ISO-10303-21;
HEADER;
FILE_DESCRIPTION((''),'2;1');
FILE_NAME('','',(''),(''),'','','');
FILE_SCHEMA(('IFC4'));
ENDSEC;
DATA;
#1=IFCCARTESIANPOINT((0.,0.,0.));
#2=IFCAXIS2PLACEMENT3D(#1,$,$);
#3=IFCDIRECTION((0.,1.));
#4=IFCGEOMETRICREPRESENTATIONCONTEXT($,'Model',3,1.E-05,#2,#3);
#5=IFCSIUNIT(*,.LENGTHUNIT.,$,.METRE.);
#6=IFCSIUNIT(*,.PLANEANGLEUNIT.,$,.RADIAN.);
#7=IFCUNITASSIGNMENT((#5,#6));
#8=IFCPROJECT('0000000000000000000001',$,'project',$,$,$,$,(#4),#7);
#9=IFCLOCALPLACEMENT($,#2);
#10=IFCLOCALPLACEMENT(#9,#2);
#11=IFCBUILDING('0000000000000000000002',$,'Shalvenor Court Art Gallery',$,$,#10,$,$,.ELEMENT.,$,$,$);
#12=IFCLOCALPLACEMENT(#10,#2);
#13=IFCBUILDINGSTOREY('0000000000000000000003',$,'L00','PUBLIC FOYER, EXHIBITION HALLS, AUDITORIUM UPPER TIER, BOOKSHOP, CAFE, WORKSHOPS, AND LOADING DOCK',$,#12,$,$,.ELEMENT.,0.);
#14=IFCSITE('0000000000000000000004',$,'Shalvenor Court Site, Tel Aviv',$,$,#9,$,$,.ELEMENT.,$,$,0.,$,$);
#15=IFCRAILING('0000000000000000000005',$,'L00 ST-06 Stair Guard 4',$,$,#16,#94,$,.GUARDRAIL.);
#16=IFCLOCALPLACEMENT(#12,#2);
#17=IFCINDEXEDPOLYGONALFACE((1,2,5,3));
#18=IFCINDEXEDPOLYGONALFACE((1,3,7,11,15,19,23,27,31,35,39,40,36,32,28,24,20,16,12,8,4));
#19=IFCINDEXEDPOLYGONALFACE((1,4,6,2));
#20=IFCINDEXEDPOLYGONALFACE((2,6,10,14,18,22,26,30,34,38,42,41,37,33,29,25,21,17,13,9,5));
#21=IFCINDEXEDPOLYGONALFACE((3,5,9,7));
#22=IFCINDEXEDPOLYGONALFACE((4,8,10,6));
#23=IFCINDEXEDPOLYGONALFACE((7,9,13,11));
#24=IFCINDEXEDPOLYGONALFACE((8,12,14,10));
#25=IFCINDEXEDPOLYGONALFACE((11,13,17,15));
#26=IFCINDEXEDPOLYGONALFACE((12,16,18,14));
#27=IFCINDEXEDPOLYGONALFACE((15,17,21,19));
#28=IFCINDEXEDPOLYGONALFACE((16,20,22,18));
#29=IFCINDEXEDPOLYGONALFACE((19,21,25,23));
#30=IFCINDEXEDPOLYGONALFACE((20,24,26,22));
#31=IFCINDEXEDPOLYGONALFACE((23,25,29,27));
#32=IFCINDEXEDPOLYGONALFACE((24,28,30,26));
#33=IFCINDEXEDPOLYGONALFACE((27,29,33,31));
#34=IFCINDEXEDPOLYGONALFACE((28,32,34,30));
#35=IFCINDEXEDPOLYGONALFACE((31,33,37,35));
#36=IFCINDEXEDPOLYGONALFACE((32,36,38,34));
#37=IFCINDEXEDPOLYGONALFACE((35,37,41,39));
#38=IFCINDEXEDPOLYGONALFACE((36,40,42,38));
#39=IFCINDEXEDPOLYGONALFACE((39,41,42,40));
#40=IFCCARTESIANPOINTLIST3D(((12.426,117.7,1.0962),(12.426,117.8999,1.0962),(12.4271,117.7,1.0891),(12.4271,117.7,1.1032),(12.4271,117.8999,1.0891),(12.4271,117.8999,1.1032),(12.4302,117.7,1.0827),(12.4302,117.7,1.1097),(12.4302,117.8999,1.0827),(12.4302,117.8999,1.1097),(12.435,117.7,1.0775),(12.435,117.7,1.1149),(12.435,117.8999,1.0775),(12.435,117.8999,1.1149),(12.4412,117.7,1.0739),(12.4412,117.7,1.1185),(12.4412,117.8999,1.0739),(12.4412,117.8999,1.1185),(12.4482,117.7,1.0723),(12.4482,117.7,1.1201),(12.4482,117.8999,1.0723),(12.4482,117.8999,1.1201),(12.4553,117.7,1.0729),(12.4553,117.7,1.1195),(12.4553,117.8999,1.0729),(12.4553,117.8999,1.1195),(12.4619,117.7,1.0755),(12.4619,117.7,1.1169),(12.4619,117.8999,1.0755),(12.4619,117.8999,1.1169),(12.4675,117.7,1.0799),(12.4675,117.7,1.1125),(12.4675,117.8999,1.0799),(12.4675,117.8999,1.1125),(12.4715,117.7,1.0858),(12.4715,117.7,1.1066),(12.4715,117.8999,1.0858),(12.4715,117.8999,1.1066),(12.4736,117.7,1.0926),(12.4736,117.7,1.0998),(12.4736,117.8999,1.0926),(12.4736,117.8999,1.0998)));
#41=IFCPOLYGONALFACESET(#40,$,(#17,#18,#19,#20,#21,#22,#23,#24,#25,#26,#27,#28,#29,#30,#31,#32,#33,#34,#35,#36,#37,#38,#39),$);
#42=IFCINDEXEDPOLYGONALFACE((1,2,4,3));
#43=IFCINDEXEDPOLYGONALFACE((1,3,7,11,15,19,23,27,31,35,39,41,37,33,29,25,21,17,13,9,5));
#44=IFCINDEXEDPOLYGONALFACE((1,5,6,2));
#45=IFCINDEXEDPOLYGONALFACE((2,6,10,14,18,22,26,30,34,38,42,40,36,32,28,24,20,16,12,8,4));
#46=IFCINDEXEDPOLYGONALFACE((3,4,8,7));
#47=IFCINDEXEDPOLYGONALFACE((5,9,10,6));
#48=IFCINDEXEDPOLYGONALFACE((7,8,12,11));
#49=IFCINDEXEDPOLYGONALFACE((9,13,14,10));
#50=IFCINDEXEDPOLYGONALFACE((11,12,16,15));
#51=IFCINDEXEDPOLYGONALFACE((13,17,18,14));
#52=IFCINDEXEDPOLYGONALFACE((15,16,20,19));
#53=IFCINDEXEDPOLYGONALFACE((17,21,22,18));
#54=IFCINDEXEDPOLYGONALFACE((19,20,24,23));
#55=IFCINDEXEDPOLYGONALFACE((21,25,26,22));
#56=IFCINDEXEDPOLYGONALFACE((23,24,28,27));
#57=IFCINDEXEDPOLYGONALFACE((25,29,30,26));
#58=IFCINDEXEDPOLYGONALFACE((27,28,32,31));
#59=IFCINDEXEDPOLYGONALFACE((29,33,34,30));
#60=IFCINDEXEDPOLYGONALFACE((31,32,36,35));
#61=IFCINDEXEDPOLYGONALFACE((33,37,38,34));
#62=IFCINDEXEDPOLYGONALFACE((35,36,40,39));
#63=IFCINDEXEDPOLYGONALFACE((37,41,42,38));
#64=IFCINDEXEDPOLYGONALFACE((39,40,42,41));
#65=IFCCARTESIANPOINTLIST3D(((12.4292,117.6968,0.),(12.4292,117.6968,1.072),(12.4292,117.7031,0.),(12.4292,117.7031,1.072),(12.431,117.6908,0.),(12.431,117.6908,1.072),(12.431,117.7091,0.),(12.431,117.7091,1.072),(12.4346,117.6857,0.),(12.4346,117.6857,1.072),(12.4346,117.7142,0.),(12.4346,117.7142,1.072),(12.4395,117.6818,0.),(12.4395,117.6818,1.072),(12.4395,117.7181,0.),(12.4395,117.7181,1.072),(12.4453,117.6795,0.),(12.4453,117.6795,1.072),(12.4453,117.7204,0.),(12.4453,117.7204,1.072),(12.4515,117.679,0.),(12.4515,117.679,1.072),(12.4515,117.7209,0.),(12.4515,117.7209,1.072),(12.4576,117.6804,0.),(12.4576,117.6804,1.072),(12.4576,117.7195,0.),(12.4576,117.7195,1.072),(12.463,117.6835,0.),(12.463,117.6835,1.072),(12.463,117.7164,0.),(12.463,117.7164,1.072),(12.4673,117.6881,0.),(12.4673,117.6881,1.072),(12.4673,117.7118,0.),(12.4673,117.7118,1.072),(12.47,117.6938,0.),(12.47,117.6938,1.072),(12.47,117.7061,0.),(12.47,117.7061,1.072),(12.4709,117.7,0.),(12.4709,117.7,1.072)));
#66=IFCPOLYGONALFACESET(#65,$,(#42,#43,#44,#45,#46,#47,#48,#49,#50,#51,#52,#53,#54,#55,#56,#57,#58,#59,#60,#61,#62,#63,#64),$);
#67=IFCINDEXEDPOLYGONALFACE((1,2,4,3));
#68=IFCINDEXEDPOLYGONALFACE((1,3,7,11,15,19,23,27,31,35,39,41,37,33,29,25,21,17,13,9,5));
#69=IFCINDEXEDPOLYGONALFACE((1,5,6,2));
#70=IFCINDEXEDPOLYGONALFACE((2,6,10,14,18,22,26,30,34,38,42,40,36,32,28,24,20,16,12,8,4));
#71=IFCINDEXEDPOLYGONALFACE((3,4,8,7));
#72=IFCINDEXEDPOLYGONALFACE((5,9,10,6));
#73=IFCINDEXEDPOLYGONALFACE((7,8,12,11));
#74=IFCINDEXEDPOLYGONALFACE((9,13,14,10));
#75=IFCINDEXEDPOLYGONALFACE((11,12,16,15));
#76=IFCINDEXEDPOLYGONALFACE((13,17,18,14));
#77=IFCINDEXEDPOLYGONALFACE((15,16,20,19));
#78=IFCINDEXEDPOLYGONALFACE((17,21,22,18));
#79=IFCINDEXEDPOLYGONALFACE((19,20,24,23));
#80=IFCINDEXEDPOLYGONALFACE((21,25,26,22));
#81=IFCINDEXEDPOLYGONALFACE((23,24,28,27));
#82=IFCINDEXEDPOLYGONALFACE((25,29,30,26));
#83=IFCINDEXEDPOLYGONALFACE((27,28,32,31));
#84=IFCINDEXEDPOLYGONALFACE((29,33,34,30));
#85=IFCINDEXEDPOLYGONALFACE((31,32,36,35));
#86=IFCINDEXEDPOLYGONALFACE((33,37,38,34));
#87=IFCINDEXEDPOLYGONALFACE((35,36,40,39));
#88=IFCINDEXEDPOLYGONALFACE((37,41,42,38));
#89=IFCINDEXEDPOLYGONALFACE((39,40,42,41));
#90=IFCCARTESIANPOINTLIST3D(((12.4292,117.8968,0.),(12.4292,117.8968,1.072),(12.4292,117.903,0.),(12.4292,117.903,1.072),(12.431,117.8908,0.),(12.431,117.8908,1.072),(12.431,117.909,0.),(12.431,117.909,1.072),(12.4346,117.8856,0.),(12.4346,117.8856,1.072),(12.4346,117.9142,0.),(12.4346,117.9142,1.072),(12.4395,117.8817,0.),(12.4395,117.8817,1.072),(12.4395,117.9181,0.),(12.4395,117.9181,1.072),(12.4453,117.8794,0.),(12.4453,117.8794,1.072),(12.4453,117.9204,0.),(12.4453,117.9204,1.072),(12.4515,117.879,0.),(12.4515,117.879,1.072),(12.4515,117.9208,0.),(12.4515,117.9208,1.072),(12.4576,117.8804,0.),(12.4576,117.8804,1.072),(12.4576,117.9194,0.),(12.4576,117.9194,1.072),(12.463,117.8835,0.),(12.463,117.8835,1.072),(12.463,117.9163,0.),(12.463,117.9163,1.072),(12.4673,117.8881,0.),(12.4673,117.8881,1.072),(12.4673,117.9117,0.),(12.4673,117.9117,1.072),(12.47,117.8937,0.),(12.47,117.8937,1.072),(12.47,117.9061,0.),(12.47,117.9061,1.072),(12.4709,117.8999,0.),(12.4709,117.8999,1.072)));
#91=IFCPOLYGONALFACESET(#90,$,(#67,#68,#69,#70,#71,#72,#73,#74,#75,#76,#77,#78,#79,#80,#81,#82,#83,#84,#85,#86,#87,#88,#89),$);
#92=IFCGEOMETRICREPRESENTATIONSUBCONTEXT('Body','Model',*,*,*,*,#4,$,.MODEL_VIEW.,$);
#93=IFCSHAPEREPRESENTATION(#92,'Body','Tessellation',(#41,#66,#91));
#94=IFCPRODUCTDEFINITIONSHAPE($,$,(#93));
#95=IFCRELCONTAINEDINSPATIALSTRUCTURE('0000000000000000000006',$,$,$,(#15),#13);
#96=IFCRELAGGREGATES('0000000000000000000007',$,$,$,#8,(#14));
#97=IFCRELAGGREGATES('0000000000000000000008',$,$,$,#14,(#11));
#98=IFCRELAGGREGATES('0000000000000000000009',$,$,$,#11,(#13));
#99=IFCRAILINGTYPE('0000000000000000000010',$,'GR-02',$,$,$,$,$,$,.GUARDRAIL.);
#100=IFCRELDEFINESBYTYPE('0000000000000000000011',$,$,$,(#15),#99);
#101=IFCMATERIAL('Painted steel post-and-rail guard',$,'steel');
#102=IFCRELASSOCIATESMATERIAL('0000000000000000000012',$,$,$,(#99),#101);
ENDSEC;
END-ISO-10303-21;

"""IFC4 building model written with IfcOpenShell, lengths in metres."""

from ifc_helpers import new_model, si_unit, direction, frame, origin, origin_2d, place, context, subcontext, project, spatial, circle, extrude, material, type_object, element, save


model = new_model("IFC4")

# Units and contexts
model_context = context("Model", 3, precision=1e-05, world=origin(), true_north=direction((0.0, 1.0)))
body_context = subcontext(model_context, "Body", "Model", "MODEL_VIEW")
ifc_project = project(units=[si_unit("LENGTHUNIT", "METRE"), si_unit("PLANEANGLEUNIT", "RADIAN")], contexts=[model_context])

# Site, building, storey
site_placement = place(None, origin())
site = spatial("IfcSite", under=ifc_project, at=site_placement, Name="Shalvenor Court Site, Tel Aviv", CompositionType="ELEMENT", RefElevation=0.0)
building_placement = place(site_placement, origin())
building = spatial("IfcBuilding", under=site, at=building_placement, Name="Shalvenor Court Art Gallery", CompositionType="ELEMENT")
storey_placement = place(building_placement, origin())
storey = spatial("IfcBuildingStorey", under=building, at=storey_placement, Name="L00", Description="PUBLIC FOYER, EXHIBITION HALLS, AUDITORIUM UPPER TIER, BOOKSHOP, CAFE, WORKSHOPS, AND LOADING DOCK", CompositionType="ELEMENT", Elevation=0.0)

# Railing
ifc_material_1 = material(Name="Painted steel post-and-rail guard", Category="steel")
railing_type_1 = type_object("IfcRailingType", Name="GR-02", PredefinedType="GUARDRAIL", material=ifc_material_1)
railing_1_placement = place(storey_placement, frame((12.45, 117.7, 0.0)))
element("IfcRailing", 1, at=railing_1_placement, inside=storey, type_object=railing_type_1, Name="L00 ST-06 Stair Guard 4", PredefinedType="GUARDRAIL", context=body_context, shape_type="SweptSolid", body=[
    extrude(circle(Radius=0.0239, at=origin_2d()), frame((0.0, 0.0, 1.0962), z_axis=(0.0, 1.0, 0.0), x_axis=(-1.0, 0.0, 0.0)), (0.0, 0.0, 1.0), 0.2),
    extrude(circle(Radius=0.021, at=origin_2d()), origin(), (0.0, 0.0, 1.0), 1.072),
    extrude(circle(Radius=0.021, at=origin_2d()), frame((0.0, 0.2, 0.0)), (0.0, 0.0, 1.0), 1.072),
])

save(model, "model.ifc")
